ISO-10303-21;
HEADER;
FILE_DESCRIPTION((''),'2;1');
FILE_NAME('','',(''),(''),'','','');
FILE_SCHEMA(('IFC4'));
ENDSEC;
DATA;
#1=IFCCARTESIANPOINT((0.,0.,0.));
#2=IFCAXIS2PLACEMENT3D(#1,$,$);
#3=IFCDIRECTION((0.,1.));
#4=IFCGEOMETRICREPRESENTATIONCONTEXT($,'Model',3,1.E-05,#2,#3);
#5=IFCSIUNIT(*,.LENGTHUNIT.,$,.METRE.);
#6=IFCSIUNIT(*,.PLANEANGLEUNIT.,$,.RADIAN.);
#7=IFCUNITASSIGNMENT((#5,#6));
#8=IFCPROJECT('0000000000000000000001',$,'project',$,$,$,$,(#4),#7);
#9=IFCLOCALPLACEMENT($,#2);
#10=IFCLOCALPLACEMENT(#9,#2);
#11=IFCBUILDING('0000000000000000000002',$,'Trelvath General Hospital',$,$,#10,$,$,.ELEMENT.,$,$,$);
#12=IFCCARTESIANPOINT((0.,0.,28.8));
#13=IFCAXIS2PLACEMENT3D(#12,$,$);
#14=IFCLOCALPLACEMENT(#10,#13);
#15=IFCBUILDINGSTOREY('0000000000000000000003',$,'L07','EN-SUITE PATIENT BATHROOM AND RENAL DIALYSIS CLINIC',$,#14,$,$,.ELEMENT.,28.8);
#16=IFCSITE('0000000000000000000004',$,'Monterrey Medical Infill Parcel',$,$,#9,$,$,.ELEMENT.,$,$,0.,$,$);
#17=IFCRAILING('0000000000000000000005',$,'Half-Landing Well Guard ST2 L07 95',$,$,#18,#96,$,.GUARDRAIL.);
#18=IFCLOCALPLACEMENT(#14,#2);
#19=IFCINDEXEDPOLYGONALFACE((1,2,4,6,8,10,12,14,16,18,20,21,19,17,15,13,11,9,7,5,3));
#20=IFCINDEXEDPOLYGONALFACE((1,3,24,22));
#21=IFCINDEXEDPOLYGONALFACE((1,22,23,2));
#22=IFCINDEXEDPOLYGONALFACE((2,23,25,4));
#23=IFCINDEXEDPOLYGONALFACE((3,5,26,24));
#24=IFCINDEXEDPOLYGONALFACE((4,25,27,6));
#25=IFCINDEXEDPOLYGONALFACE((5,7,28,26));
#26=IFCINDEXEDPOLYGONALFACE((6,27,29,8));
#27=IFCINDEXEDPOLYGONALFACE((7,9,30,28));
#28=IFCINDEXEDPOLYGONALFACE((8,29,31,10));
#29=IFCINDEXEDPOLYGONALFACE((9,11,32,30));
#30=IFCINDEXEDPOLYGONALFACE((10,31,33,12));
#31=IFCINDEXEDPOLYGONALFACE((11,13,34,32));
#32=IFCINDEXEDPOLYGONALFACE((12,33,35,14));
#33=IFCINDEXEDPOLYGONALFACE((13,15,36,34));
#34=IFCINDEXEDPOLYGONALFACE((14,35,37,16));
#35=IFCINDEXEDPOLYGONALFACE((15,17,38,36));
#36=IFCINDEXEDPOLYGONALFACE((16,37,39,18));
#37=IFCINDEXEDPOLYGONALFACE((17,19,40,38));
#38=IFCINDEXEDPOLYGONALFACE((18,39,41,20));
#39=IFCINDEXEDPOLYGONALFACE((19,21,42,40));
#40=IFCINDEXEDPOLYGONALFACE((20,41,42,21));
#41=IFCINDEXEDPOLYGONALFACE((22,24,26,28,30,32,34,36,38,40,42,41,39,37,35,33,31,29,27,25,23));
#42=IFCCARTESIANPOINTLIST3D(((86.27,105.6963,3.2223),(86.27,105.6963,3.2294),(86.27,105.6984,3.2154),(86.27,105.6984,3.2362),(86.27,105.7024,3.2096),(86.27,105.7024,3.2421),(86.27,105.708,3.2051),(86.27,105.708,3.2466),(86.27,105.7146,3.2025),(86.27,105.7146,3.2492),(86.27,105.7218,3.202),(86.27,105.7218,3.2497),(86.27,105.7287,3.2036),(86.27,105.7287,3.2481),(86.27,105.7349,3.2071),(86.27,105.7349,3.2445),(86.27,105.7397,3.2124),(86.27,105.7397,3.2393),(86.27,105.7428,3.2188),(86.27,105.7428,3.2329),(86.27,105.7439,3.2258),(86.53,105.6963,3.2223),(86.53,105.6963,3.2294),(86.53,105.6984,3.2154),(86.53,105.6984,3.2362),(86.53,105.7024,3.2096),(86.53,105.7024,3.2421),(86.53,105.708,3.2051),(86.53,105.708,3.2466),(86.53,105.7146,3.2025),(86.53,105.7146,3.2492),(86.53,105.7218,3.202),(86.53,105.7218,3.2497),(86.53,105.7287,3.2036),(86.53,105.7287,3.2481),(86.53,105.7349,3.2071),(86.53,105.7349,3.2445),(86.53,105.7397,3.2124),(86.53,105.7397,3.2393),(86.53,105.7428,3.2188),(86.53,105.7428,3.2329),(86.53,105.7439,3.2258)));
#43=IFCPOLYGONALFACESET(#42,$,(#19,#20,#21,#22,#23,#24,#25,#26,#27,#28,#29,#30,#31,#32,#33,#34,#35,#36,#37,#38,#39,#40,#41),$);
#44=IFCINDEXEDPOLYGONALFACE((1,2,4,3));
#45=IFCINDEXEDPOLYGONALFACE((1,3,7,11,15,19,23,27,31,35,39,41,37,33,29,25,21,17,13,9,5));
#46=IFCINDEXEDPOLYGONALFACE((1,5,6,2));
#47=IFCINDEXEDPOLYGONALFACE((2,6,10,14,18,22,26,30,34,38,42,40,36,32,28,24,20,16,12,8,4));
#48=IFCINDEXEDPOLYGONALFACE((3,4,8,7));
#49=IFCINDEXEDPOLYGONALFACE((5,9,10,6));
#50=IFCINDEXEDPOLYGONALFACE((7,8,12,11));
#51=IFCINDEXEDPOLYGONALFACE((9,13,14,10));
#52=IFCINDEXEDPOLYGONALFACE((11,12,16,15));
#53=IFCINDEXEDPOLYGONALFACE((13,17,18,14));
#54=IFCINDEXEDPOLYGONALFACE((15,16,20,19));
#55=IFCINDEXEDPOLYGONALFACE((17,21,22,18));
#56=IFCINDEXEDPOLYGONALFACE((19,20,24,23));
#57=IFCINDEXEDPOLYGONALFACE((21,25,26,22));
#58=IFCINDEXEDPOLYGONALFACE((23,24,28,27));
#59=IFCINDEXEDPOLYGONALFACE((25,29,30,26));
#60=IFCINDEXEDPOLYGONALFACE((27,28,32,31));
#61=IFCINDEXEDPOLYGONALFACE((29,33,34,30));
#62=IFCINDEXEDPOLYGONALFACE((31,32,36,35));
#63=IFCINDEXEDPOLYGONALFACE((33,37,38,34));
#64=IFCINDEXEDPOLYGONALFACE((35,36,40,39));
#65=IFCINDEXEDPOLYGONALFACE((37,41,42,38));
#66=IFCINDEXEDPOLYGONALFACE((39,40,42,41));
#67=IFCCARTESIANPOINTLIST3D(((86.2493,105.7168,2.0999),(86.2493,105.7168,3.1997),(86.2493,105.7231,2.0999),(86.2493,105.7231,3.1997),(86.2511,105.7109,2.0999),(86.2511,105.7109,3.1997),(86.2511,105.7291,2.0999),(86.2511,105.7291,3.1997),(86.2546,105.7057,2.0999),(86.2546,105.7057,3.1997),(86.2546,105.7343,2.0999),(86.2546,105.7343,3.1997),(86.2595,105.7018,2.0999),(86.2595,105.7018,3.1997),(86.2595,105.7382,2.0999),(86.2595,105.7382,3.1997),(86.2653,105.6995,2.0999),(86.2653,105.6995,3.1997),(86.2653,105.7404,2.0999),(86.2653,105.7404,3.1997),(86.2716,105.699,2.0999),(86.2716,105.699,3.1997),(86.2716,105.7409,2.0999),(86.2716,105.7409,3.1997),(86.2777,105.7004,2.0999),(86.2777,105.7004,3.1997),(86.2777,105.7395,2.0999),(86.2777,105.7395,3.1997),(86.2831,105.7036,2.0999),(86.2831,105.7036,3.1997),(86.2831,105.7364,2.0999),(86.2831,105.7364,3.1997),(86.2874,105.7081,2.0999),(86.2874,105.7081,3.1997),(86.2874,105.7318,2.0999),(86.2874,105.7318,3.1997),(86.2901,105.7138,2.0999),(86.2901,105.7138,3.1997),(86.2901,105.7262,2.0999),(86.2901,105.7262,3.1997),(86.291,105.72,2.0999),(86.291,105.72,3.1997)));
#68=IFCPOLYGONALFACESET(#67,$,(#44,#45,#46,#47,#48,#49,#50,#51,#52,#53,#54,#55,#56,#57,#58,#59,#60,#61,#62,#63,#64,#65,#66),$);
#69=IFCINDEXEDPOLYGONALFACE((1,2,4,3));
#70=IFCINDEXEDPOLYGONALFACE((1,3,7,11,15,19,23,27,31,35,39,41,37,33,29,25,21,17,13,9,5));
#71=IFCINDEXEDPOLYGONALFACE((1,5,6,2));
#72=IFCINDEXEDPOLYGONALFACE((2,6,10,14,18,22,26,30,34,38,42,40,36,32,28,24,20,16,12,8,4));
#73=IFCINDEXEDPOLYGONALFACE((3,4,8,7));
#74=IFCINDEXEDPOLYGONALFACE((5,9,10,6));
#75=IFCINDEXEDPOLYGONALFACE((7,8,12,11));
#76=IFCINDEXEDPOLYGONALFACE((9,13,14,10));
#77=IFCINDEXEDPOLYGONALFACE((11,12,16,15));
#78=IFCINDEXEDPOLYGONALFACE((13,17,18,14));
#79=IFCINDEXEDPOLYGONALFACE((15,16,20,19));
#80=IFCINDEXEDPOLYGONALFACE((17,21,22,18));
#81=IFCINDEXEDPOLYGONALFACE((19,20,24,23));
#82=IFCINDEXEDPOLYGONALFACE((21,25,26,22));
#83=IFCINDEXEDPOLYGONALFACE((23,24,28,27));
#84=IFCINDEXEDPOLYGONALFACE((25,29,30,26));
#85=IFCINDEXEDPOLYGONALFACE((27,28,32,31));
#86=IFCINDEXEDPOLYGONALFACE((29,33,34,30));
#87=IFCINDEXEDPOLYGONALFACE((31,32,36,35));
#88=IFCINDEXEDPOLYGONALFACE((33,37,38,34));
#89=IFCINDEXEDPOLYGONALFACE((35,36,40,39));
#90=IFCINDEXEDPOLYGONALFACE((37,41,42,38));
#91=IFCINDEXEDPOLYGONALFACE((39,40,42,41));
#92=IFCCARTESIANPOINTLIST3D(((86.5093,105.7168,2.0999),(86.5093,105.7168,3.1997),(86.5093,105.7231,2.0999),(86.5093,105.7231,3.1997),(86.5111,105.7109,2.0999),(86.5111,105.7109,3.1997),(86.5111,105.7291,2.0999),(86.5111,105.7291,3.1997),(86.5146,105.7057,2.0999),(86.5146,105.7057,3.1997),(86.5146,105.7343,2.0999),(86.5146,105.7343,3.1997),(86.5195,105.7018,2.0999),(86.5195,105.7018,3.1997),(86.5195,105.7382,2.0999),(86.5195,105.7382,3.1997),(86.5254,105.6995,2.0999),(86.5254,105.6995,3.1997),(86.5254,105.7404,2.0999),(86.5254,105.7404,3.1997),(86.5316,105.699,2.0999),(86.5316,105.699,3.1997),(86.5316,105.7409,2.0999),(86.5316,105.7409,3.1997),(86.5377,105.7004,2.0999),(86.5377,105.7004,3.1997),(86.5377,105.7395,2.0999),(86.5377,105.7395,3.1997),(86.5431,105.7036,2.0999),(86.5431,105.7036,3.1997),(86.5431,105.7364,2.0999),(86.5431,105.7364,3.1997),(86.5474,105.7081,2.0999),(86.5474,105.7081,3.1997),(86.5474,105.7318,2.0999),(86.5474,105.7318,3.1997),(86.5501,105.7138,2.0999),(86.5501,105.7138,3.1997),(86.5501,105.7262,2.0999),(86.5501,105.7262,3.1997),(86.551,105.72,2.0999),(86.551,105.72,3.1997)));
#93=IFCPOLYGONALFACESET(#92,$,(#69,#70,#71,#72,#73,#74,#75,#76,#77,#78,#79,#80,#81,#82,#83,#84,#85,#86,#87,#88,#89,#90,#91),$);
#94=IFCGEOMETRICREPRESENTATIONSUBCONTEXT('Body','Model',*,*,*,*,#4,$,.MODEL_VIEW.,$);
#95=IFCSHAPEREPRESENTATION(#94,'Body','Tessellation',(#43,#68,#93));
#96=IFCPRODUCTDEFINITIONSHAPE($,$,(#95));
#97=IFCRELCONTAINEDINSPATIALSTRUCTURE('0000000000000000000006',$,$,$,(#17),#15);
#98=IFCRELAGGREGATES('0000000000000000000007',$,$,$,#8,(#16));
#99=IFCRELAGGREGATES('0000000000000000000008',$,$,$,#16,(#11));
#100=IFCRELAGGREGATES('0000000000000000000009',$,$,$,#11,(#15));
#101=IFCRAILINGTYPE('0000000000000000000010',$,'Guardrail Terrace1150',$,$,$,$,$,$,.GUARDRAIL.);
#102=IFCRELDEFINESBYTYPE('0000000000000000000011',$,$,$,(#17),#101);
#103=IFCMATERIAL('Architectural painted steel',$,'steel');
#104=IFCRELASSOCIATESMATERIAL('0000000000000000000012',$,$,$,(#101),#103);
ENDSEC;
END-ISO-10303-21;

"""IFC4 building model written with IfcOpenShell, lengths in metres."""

from ifc_helpers import new_model, si_unit, direction, frame, origin, origin_2d, place, context, subcontext, project, spatial, circle, extrude, material, type_object, element, save


model = new_model("IFC4")

# Units and contexts
model_context = context("Model", 3, precision=1e-05, world=origin(), true_north=direction((0.0, 1.0)))
body_context = subcontext(model_context, "Body", "Model", "MODEL_VIEW")
ifc_project = project(units=[si_unit("LENGTHUNIT", "METRE"), si_unit("PLANEANGLEUNIT", "RADIAN")], contexts=[model_context])

# Site, building, storey
site_placement = place(None, origin())
site = spatial("IfcSite", under=ifc_project, at=site_placement, Name="Monterrey Medical Infill Parcel", CompositionType="ELEMENT", RefElevation=0.0)
building_placement = place(site_placement, origin())
building = spatial("IfcBuilding", under=site, at=building_placement, Name="Trelvath General Hospital", CompositionType="ELEMENT")
storey_placement = place(building_placement, frame((0.0, 0.0, 28.8)))
storey = spatial("IfcBuildingStorey", under=building, at=storey_placement, Name="L07", Description="EN-SUITE PATIENT BATHROOM AND RENAL DIALYSIS CLINIC", CompositionType="ELEMENT", Elevation=28.8)

# Railing
ifc_material_1 = material(Name="Architectural painted steel", Category="steel")
railing_type = type_object("IfcRailingType", Name="Guardrail Terrace1150", PredefinedType="GUARDRAIL", material=ifc_material_1)
railing_placement = place(storey_placement, frame((86.27, 105.72, 2.0999)))
element("IfcRailing", 1, at=railing_placement, inside=storey, type_object=railing_type, Name="Half-Landing Well Guard ST2 L07 95", PredefinedType="GUARDRAIL", context=body_context, shape_type="SweptSolid", body=[
    extrude(circle(Radius=0.0239, at=origin_2d()), frame((0.0, 0.0, 1.126), z_axis=(1.0, 0.0, 0.0), x_axis=(0.0, 1.0, 0.0)), (0.0, 0.0, 1.0), 0.26),
    extrude(circle(Radius=0.021, at=origin_2d()), origin(), (0.0, 0.0, 1.0), 1.0999),
    extrude(circle(Radius=0.021, at=origin_2d()), frame((0.26, 0.0, 0.0)), (0.0, 0.0, 1.0), 1.0999),
])

save(model, "model.ifc")
